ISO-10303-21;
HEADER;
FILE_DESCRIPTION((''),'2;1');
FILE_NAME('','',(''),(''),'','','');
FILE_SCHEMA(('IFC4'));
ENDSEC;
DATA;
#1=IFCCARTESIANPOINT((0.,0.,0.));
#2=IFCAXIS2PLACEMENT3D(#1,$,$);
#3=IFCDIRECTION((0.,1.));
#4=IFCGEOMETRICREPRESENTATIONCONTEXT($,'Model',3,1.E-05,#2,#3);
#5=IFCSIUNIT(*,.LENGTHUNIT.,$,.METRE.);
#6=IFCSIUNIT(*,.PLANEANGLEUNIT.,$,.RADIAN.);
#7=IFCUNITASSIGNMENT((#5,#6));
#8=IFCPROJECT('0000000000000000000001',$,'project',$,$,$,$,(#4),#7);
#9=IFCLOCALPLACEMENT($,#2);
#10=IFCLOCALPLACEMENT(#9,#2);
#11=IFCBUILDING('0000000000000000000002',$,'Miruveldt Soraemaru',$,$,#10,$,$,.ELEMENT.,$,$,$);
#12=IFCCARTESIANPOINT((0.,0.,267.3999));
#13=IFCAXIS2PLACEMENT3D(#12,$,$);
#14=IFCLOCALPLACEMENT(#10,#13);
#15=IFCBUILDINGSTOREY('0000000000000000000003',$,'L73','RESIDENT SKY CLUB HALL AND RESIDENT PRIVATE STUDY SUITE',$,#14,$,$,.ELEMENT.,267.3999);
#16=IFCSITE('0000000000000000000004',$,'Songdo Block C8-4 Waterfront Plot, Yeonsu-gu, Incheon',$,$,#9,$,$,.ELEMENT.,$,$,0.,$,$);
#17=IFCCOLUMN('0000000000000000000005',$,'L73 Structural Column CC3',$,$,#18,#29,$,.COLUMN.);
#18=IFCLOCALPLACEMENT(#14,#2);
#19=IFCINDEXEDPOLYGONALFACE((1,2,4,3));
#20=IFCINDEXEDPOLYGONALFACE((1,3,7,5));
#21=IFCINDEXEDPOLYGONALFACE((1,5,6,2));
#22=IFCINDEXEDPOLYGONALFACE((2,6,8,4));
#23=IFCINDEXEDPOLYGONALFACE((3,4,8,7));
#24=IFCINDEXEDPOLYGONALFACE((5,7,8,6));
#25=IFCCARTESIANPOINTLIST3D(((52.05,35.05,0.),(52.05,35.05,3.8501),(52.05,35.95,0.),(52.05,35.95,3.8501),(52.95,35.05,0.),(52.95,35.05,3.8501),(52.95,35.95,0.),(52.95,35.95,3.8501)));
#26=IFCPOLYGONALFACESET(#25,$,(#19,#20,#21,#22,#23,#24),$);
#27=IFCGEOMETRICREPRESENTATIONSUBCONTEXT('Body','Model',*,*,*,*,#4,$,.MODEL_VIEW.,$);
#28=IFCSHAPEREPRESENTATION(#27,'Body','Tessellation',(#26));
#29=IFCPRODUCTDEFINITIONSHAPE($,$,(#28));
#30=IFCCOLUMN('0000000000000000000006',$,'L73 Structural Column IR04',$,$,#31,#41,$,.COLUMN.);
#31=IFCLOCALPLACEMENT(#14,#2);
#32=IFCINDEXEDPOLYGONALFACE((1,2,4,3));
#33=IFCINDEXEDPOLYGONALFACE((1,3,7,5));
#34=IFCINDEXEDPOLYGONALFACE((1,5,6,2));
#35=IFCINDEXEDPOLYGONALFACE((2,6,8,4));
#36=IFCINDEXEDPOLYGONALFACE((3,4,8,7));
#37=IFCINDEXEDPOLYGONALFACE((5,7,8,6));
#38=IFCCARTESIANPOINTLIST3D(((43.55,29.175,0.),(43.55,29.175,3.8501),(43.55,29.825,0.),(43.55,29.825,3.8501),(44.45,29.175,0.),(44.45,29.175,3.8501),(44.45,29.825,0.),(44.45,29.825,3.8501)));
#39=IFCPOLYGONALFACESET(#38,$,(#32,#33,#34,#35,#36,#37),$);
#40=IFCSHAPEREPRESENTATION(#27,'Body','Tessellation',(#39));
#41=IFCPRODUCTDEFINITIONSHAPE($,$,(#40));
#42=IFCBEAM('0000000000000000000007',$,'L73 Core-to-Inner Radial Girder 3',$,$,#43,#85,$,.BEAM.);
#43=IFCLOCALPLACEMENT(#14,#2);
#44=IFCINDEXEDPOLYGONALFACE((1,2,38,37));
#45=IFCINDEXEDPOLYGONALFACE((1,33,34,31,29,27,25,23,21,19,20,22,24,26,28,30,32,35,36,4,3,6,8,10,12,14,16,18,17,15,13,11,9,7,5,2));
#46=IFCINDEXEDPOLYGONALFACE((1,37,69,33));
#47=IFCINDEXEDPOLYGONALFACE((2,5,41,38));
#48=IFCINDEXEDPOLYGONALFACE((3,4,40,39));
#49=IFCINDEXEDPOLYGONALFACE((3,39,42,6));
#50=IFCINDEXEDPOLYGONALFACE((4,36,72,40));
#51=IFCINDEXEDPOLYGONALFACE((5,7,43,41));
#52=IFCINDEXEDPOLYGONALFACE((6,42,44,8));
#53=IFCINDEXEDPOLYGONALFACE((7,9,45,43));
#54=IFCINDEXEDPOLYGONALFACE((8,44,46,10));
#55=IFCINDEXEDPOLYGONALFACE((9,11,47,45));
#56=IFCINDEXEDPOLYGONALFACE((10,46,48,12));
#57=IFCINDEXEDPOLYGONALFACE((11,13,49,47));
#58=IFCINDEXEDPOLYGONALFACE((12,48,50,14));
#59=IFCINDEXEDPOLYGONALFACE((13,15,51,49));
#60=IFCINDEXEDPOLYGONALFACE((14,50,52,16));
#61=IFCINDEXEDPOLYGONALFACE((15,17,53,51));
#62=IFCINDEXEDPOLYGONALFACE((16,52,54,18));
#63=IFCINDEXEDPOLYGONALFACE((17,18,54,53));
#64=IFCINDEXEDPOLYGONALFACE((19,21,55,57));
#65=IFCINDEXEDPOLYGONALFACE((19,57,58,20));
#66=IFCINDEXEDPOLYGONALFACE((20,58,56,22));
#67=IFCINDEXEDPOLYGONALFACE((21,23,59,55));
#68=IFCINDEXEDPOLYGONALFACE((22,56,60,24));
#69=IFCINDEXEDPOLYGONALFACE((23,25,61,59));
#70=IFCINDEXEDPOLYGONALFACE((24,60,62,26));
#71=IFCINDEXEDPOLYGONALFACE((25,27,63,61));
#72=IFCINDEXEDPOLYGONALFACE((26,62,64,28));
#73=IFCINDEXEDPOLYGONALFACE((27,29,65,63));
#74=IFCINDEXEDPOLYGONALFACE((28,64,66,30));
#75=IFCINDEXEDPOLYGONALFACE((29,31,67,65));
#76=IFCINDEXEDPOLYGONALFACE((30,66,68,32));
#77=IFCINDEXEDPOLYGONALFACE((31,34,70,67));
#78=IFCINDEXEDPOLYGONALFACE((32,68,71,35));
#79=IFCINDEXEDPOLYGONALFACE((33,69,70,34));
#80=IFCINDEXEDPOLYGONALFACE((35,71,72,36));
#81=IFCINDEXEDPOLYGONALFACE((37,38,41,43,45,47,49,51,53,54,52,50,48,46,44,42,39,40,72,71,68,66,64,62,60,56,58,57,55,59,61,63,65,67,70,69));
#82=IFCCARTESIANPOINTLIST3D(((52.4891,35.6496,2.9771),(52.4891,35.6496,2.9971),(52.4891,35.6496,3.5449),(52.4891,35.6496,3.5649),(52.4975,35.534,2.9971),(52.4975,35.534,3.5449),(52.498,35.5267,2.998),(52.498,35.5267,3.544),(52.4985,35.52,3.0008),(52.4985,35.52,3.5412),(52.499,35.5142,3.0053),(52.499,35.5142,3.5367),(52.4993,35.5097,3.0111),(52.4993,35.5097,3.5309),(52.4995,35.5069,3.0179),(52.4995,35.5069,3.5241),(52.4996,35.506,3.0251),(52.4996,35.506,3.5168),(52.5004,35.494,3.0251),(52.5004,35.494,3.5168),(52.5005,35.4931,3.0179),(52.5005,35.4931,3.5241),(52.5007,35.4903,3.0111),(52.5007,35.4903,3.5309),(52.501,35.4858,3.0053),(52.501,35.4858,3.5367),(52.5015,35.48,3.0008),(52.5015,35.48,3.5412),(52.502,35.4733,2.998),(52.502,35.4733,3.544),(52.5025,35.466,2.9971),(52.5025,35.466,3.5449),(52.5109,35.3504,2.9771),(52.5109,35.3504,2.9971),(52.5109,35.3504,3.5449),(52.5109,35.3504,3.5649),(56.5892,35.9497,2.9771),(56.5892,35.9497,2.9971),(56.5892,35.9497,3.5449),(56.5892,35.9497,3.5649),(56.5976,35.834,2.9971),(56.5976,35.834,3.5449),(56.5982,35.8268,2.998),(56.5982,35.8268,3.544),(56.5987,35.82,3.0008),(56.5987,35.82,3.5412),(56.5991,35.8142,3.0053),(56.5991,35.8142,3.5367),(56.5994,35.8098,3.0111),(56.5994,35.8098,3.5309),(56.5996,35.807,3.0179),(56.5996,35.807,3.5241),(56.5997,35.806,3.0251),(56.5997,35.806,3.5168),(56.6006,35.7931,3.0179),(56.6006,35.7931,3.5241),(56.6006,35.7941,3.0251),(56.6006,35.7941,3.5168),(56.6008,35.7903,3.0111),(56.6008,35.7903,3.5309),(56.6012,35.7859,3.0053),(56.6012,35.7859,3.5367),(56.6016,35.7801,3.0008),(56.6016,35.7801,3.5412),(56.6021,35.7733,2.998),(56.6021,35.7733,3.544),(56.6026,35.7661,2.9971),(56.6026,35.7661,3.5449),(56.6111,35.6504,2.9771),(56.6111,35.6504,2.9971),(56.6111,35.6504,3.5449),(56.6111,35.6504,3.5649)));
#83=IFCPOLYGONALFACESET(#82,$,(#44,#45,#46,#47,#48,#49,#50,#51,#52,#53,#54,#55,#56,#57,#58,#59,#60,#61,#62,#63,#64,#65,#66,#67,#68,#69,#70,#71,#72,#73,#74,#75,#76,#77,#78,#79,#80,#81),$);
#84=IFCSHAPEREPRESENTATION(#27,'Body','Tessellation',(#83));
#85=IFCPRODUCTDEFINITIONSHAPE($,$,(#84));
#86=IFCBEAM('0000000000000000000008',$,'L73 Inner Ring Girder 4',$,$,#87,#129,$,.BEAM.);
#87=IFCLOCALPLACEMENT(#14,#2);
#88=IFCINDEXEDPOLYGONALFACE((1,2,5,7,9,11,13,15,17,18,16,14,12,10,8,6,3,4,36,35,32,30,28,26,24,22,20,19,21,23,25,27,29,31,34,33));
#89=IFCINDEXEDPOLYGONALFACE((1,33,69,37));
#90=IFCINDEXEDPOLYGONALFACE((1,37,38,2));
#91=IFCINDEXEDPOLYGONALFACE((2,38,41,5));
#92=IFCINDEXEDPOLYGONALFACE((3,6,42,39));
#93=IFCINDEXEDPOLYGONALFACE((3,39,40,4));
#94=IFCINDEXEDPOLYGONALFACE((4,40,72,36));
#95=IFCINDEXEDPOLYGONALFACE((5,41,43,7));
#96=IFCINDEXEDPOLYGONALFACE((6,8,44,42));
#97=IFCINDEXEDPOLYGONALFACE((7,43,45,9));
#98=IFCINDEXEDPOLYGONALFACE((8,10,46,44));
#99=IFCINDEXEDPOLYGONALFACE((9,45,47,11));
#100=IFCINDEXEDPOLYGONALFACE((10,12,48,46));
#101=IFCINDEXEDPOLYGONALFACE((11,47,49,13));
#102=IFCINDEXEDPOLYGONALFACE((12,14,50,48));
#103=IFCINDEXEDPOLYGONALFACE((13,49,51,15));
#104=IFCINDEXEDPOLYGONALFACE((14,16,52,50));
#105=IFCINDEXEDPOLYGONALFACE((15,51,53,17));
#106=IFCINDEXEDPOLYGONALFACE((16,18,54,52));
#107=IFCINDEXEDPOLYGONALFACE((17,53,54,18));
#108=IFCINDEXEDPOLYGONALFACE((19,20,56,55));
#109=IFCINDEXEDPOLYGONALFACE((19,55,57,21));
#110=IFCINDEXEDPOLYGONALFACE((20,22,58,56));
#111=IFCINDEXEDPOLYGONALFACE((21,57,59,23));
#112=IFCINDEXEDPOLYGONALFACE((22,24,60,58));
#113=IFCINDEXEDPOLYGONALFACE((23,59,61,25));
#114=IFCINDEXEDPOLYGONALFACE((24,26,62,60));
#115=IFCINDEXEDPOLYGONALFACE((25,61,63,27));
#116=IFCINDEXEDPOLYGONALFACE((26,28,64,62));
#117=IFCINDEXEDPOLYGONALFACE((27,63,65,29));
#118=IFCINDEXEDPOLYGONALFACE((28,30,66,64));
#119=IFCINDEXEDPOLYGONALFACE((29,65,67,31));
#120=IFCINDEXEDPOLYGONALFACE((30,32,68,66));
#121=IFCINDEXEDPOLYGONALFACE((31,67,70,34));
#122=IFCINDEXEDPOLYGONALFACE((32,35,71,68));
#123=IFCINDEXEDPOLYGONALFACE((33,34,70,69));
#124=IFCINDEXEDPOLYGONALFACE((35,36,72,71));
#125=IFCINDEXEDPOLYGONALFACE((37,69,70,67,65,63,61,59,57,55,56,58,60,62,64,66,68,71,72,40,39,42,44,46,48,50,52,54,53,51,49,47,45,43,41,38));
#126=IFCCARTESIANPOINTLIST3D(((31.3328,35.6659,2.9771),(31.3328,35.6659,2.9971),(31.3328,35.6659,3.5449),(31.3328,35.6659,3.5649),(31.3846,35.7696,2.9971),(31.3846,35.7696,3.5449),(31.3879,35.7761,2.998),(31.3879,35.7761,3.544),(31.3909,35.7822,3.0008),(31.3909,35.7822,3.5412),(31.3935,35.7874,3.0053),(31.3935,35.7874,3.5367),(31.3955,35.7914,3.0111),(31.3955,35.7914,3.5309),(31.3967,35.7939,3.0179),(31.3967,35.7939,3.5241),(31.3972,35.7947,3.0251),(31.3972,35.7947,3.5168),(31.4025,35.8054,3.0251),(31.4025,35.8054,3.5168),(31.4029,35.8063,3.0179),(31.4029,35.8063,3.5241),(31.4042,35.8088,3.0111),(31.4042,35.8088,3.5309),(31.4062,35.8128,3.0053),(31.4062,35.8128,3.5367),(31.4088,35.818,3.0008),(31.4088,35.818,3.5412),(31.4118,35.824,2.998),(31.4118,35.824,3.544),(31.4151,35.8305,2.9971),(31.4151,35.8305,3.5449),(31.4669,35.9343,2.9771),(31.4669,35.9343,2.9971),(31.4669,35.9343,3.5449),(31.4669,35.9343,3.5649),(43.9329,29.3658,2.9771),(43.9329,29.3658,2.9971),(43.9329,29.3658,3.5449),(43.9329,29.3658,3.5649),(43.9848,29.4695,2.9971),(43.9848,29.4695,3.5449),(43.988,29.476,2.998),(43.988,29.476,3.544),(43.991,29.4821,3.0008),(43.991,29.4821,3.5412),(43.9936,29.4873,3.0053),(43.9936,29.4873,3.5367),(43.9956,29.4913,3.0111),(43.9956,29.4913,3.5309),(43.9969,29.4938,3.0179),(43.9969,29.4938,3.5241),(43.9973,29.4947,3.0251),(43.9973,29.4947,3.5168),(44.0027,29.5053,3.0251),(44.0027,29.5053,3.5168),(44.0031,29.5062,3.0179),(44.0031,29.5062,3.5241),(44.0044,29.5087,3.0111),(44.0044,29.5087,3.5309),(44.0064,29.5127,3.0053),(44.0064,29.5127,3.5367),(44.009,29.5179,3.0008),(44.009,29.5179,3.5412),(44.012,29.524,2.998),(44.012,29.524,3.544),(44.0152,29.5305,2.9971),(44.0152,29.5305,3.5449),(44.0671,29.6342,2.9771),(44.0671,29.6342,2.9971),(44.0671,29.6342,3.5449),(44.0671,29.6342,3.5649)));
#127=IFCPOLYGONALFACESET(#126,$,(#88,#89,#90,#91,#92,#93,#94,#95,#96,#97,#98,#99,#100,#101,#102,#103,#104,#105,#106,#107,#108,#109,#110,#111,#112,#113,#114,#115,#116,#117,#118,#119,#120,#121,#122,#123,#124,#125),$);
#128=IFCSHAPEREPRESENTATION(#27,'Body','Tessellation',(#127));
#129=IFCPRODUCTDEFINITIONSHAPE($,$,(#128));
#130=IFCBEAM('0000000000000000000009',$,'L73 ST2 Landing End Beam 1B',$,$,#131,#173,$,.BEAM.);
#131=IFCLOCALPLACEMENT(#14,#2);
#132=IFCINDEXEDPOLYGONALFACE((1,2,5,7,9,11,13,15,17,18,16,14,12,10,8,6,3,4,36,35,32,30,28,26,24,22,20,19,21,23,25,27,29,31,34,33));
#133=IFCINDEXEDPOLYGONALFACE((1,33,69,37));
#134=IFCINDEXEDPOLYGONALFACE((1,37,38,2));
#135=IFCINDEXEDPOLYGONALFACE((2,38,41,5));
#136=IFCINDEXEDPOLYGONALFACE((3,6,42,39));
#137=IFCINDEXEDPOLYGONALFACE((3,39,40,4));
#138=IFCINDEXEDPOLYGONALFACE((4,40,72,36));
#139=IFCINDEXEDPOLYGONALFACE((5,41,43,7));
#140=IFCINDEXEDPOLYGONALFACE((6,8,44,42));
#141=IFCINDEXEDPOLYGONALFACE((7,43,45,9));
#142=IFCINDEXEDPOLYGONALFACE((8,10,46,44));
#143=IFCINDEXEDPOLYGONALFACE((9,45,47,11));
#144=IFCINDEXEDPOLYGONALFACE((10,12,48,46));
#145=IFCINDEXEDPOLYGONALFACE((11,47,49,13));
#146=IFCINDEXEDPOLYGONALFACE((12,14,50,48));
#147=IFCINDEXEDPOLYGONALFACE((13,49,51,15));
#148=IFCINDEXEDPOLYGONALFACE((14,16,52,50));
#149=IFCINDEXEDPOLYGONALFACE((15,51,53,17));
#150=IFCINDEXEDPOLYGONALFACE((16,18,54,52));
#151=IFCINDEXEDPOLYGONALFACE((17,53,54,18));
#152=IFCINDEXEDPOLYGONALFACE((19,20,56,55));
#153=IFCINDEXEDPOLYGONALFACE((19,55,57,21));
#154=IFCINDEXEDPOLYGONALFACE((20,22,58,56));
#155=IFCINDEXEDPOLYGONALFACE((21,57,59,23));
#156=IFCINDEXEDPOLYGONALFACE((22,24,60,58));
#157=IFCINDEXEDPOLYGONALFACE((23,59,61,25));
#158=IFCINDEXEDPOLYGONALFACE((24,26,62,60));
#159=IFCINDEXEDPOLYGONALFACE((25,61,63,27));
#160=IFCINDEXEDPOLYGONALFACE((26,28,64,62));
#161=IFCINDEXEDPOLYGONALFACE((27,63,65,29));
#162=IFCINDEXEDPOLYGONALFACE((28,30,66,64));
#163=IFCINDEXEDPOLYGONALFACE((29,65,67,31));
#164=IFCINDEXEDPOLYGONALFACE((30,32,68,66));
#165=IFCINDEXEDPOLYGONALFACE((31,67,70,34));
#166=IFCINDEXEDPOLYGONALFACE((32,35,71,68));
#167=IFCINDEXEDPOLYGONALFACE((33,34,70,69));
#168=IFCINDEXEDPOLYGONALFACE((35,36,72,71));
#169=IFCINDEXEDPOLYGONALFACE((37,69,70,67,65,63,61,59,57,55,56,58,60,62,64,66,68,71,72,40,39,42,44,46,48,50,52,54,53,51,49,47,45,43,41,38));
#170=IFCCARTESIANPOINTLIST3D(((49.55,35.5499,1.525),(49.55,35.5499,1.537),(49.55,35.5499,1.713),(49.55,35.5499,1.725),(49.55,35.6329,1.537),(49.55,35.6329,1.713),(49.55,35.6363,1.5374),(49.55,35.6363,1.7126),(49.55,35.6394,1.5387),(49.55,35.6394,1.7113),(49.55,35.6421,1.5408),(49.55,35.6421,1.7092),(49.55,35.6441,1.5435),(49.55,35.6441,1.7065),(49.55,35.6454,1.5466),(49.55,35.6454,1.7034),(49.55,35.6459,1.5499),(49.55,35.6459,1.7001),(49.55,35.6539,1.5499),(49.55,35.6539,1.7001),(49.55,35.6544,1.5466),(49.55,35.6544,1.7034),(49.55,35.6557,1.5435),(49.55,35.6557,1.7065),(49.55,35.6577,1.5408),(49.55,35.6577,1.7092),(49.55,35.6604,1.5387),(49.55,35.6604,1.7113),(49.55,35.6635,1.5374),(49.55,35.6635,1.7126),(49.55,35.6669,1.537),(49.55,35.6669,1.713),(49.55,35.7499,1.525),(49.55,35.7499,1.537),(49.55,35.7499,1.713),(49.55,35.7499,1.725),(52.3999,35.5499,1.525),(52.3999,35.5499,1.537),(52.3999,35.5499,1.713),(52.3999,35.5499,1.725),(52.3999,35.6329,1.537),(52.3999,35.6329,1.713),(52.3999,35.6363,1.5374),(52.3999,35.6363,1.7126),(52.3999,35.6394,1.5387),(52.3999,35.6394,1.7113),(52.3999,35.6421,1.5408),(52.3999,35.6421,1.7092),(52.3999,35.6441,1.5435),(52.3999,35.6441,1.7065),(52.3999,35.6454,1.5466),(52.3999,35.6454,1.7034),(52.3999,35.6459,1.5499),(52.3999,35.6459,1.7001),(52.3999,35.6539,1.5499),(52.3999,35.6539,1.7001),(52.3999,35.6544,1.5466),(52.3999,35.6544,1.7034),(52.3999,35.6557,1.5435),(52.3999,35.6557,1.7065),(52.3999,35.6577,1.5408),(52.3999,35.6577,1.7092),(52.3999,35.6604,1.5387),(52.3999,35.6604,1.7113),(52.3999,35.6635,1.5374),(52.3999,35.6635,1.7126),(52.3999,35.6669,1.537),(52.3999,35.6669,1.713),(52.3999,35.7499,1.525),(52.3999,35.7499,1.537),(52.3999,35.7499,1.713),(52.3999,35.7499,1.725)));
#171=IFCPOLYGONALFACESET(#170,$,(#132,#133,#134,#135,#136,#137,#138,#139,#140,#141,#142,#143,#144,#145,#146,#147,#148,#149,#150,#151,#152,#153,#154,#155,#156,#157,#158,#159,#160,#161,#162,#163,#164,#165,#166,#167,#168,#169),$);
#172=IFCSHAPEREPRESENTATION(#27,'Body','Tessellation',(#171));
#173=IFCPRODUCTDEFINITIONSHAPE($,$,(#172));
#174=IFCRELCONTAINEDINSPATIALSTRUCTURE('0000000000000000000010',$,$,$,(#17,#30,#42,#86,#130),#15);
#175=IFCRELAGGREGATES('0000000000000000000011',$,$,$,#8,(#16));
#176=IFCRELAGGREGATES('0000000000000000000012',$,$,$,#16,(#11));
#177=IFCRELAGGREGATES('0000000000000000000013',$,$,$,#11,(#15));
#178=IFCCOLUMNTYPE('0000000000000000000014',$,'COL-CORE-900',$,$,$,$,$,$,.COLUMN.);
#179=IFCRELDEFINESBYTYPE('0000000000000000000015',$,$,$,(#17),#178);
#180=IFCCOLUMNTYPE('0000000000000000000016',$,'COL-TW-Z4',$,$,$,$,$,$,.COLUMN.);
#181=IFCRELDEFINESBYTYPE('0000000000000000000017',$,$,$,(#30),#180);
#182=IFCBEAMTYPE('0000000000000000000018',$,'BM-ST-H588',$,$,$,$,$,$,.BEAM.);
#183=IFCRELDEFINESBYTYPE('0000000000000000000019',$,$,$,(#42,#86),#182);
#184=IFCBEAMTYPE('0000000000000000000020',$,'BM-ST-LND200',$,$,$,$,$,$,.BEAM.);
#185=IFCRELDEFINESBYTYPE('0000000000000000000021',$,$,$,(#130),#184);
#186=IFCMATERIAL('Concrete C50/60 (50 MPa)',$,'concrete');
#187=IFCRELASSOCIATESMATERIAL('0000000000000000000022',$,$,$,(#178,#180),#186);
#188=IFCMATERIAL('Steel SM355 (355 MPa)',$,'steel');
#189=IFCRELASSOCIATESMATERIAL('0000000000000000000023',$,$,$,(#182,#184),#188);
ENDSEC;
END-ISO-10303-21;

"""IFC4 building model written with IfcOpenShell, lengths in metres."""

from ifc_helpers import new_model, si_unit, direction, frame, origin, origin_2d, place, context, subcontext, project, spatial, rectangle, i_section, extrude, material, material_profile, profile_set, type_object, element, save


model = new_model("IFC4")

# Units and contexts
model_context = context("Model", 3, precision=1e-05, world=origin(), true_north=direction((0.0, 1.0)))
body_context = subcontext(model_context, "Body", "Model", "MODEL_VIEW")
ifc_project = project(units=[si_unit("LENGTHUNIT", "METRE"), si_unit("PLANEANGLEUNIT", "RADIAN")], contexts=[model_context])

# Site, building, storey
site_placement = place(None, origin())
site = spatial("IfcSite", under=ifc_project, at=site_placement, Name="Songdo Block C8-4 Waterfront Plot, Yeonsu-gu, Incheon", CompositionType="ELEMENT", RefElevation=0.0)
building_placement = place(site_placement, origin())
building = spatial("IfcBuilding", under=site, at=building_placement, Name="Miruveldt Soraemaru", CompositionType="ELEMENT")
storey_placement = place(building_placement, frame((0.0, 0.0, 267.3999)))
storey = spatial("IfcBuildingStorey", under=building, at=storey_placement, Name="L73", Description="RESIDENT SKY CLUB HALL AND RESIDENT PRIVATE STUDY SUITE", CompositionType="ELEMENT", Elevation=267.3999)

# Columns
ifc_material_1 = material(Name="Concrete C50/60 (50 MPa)", Category="concrete")
ifc_material_profile_1 = material_profile(ifc_material_1, rectangle(XDim=0.8999, YDim=0.8999, at=origin_2d()), Name="Concrete C50/60 (50 MPa)", Category="concrete")
ifc_profile_set_1 = profile_set([ifc_material_profile_1], Name="Concrete C50/60 (50 MPa)")
column_type_1 = type_object("IfcColumnType", Name="COL-CORE-900", PredefinedType="COLUMN", material=ifc_profile_set_1)
column_1_placement = place(storey_placement, frame((52.5, 35.5, 0.0), z_axis=(0.0, 0.0, 1.0), x_axis=(1.0, 0.0, 0.0)))
element("IfcColumn", 1, at=column_1_placement, inside=storey, type_object=column_type_1, Name="L73 Structural Column CC3", PredefinedType="COLUMN", context=body_context, shape_type="SweptSolid", body=[
    extrude(rectangle(XDim=0.8999, YDim=0.8999, at=origin_2d()), origin(), (0.0, 0.0, 1.0), 3.8501),
])
ifc_material_profile_2 = material_profile(ifc_material_1, rectangle(XDim=0.8999, YDim=0.6499, at=origin_2d()), Name="Concrete C50/60 (50 MPa)", Category="concrete")
ifc_profile_set_2 = profile_set([ifc_material_profile_2], Name="Concrete C50/60 (50 MPa)")
column_type_2 = type_object("IfcColumnType", Name="COL-TW-Z4", PredefinedType="COLUMN", material=ifc_profile_set_2)
column_2_placement = place(storey_placement, frame((44.0, 29.5, 0.0), z_axis=(0.0, 0.0, 1.0), x_axis=(1.0, 0.0, 0.0)))
element("IfcColumn", 2, at=column_2_placement, inside=storey, type_object=column_type_2, Name="L73 Structural Column IR04", PredefinedType="COLUMN", context=body_context, shape_type="SweptSolid", body=[
    extrude(rectangle(XDim=0.8999, YDim=0.6499, at=origin_2d()), origin(), (0.0, 0.0, 1.0), 3.8501),
])

# Beams
ifc_material_2 = material(Name="Steel SM355 (355 MPa)", Category="steel")
ifc_material_profile_3 = material_profile(ifc_material_2, i_section(OverallWidth=0.3, OverallDepth=0.5879, WebThickness=0.012, FlangeThickness=0.02, FilletRadius=0.0281, at=origin_2d()), Name="Steel SM355 (355 MPa)", Category="steel")
ifc_profile_set_3 = profile_set([ifc_material_profile_3], Name="Steel SM355 (355 MPa)")
beam_type_1 = type_object("IfcBeamType", Name="BM-ST-H588", PredefinedType="BEAM", material=ifc_profile_set_3)
beam_1_placement = place(storey_placement, frame((52.5, 35.5, 3.271), z_axis=(0.997333, 0.072986, 0.0), x_axis=(-0.072986, 0.997333, 0.0)))
element("IfcBeam", 3, at=beam_1_placement, inside=storey, type_object=beam_type_1, Name="L73 Core-to-Inner Radial Girder 3", PredefinedType="BEAM", context=body_context, shape_type="SweptSolid", body=[
    extrude(i_section(OverallWidth=0.3, OverallDepth=0.5879, WebThickness=0.012, FlangeThickness=0.02, FilletRadius=0.0281, at=origin_2d()), origin(), (0.0, 0.0, 1.0), 4.1111),
])
beam_2_placement = place(storey_placement, frame((44.0, 29.5, 3.271), z_axis=(-0.894427, 0.447214, 0.0), x_axis=(-0.447214, -0.894427, 0.0)))
element("IfcBeam", 4, at=beam_2_placement, inside=storey, type_object=beam_type_1, Name="L73 Inner Ring Girder 4", PredefinedType="BEAM", context=body_context, shape_type="SweptSolid", body=[
    extrude(i_section(OverallWidth=0.3, OverallDepth=0.5879, WebThickness=0.012, FlangeThickness=0.02, FilletRadius=0.0281, at=origin_2d()), origin(), (0.0, 0.0, 1.0), 14.0874),
])
ifc_material_profile_4 = material_profile(ifc_material_2, i_section(OverallWidth=0.2, OverallDepth=0.2, WebThickness=0.0081, FlangeThickness=0.012, FilletRadius=0.0129, at=origin_2d()), Name="Steel SM355 (355 MPa)", Category="steel")
ifc_profile_set_4 = profile_set([ifc_material_profile_4], Name="Steel SM355 (355 MPa)")
beam_type_2 = type_object("IfcBeamType", Name="BM-ST-LND200", PredefinedType="BEAM", material=ifc_profile_set_4)
beam_3_placement = place(storey_placement, frame((49.55, 35.6499, 1.625), z_axis=(1.0, 0.0, 0.0), x_axis=(0.0, 1.0, 0.0)))
element("IfcBeam", 5, at=beam_3_placement, inside=storey, type_object=beam_type_2, Name="L73 ST2 Landing End Beam 1B", PredefinedType="BEAM", context=body_context, shape_type="SweptSolid", body=[
    extrude(i_section(OverallWidth=0.2, OverallDepth=0.2, WebThickness=0.0081, FlangeThickness=0.012, FilletRadius=0.0129, at=origin_2d()), origin(), (0.0, 0.0, 1.0), 2.8499),
])

save(model, "model.ifc")
